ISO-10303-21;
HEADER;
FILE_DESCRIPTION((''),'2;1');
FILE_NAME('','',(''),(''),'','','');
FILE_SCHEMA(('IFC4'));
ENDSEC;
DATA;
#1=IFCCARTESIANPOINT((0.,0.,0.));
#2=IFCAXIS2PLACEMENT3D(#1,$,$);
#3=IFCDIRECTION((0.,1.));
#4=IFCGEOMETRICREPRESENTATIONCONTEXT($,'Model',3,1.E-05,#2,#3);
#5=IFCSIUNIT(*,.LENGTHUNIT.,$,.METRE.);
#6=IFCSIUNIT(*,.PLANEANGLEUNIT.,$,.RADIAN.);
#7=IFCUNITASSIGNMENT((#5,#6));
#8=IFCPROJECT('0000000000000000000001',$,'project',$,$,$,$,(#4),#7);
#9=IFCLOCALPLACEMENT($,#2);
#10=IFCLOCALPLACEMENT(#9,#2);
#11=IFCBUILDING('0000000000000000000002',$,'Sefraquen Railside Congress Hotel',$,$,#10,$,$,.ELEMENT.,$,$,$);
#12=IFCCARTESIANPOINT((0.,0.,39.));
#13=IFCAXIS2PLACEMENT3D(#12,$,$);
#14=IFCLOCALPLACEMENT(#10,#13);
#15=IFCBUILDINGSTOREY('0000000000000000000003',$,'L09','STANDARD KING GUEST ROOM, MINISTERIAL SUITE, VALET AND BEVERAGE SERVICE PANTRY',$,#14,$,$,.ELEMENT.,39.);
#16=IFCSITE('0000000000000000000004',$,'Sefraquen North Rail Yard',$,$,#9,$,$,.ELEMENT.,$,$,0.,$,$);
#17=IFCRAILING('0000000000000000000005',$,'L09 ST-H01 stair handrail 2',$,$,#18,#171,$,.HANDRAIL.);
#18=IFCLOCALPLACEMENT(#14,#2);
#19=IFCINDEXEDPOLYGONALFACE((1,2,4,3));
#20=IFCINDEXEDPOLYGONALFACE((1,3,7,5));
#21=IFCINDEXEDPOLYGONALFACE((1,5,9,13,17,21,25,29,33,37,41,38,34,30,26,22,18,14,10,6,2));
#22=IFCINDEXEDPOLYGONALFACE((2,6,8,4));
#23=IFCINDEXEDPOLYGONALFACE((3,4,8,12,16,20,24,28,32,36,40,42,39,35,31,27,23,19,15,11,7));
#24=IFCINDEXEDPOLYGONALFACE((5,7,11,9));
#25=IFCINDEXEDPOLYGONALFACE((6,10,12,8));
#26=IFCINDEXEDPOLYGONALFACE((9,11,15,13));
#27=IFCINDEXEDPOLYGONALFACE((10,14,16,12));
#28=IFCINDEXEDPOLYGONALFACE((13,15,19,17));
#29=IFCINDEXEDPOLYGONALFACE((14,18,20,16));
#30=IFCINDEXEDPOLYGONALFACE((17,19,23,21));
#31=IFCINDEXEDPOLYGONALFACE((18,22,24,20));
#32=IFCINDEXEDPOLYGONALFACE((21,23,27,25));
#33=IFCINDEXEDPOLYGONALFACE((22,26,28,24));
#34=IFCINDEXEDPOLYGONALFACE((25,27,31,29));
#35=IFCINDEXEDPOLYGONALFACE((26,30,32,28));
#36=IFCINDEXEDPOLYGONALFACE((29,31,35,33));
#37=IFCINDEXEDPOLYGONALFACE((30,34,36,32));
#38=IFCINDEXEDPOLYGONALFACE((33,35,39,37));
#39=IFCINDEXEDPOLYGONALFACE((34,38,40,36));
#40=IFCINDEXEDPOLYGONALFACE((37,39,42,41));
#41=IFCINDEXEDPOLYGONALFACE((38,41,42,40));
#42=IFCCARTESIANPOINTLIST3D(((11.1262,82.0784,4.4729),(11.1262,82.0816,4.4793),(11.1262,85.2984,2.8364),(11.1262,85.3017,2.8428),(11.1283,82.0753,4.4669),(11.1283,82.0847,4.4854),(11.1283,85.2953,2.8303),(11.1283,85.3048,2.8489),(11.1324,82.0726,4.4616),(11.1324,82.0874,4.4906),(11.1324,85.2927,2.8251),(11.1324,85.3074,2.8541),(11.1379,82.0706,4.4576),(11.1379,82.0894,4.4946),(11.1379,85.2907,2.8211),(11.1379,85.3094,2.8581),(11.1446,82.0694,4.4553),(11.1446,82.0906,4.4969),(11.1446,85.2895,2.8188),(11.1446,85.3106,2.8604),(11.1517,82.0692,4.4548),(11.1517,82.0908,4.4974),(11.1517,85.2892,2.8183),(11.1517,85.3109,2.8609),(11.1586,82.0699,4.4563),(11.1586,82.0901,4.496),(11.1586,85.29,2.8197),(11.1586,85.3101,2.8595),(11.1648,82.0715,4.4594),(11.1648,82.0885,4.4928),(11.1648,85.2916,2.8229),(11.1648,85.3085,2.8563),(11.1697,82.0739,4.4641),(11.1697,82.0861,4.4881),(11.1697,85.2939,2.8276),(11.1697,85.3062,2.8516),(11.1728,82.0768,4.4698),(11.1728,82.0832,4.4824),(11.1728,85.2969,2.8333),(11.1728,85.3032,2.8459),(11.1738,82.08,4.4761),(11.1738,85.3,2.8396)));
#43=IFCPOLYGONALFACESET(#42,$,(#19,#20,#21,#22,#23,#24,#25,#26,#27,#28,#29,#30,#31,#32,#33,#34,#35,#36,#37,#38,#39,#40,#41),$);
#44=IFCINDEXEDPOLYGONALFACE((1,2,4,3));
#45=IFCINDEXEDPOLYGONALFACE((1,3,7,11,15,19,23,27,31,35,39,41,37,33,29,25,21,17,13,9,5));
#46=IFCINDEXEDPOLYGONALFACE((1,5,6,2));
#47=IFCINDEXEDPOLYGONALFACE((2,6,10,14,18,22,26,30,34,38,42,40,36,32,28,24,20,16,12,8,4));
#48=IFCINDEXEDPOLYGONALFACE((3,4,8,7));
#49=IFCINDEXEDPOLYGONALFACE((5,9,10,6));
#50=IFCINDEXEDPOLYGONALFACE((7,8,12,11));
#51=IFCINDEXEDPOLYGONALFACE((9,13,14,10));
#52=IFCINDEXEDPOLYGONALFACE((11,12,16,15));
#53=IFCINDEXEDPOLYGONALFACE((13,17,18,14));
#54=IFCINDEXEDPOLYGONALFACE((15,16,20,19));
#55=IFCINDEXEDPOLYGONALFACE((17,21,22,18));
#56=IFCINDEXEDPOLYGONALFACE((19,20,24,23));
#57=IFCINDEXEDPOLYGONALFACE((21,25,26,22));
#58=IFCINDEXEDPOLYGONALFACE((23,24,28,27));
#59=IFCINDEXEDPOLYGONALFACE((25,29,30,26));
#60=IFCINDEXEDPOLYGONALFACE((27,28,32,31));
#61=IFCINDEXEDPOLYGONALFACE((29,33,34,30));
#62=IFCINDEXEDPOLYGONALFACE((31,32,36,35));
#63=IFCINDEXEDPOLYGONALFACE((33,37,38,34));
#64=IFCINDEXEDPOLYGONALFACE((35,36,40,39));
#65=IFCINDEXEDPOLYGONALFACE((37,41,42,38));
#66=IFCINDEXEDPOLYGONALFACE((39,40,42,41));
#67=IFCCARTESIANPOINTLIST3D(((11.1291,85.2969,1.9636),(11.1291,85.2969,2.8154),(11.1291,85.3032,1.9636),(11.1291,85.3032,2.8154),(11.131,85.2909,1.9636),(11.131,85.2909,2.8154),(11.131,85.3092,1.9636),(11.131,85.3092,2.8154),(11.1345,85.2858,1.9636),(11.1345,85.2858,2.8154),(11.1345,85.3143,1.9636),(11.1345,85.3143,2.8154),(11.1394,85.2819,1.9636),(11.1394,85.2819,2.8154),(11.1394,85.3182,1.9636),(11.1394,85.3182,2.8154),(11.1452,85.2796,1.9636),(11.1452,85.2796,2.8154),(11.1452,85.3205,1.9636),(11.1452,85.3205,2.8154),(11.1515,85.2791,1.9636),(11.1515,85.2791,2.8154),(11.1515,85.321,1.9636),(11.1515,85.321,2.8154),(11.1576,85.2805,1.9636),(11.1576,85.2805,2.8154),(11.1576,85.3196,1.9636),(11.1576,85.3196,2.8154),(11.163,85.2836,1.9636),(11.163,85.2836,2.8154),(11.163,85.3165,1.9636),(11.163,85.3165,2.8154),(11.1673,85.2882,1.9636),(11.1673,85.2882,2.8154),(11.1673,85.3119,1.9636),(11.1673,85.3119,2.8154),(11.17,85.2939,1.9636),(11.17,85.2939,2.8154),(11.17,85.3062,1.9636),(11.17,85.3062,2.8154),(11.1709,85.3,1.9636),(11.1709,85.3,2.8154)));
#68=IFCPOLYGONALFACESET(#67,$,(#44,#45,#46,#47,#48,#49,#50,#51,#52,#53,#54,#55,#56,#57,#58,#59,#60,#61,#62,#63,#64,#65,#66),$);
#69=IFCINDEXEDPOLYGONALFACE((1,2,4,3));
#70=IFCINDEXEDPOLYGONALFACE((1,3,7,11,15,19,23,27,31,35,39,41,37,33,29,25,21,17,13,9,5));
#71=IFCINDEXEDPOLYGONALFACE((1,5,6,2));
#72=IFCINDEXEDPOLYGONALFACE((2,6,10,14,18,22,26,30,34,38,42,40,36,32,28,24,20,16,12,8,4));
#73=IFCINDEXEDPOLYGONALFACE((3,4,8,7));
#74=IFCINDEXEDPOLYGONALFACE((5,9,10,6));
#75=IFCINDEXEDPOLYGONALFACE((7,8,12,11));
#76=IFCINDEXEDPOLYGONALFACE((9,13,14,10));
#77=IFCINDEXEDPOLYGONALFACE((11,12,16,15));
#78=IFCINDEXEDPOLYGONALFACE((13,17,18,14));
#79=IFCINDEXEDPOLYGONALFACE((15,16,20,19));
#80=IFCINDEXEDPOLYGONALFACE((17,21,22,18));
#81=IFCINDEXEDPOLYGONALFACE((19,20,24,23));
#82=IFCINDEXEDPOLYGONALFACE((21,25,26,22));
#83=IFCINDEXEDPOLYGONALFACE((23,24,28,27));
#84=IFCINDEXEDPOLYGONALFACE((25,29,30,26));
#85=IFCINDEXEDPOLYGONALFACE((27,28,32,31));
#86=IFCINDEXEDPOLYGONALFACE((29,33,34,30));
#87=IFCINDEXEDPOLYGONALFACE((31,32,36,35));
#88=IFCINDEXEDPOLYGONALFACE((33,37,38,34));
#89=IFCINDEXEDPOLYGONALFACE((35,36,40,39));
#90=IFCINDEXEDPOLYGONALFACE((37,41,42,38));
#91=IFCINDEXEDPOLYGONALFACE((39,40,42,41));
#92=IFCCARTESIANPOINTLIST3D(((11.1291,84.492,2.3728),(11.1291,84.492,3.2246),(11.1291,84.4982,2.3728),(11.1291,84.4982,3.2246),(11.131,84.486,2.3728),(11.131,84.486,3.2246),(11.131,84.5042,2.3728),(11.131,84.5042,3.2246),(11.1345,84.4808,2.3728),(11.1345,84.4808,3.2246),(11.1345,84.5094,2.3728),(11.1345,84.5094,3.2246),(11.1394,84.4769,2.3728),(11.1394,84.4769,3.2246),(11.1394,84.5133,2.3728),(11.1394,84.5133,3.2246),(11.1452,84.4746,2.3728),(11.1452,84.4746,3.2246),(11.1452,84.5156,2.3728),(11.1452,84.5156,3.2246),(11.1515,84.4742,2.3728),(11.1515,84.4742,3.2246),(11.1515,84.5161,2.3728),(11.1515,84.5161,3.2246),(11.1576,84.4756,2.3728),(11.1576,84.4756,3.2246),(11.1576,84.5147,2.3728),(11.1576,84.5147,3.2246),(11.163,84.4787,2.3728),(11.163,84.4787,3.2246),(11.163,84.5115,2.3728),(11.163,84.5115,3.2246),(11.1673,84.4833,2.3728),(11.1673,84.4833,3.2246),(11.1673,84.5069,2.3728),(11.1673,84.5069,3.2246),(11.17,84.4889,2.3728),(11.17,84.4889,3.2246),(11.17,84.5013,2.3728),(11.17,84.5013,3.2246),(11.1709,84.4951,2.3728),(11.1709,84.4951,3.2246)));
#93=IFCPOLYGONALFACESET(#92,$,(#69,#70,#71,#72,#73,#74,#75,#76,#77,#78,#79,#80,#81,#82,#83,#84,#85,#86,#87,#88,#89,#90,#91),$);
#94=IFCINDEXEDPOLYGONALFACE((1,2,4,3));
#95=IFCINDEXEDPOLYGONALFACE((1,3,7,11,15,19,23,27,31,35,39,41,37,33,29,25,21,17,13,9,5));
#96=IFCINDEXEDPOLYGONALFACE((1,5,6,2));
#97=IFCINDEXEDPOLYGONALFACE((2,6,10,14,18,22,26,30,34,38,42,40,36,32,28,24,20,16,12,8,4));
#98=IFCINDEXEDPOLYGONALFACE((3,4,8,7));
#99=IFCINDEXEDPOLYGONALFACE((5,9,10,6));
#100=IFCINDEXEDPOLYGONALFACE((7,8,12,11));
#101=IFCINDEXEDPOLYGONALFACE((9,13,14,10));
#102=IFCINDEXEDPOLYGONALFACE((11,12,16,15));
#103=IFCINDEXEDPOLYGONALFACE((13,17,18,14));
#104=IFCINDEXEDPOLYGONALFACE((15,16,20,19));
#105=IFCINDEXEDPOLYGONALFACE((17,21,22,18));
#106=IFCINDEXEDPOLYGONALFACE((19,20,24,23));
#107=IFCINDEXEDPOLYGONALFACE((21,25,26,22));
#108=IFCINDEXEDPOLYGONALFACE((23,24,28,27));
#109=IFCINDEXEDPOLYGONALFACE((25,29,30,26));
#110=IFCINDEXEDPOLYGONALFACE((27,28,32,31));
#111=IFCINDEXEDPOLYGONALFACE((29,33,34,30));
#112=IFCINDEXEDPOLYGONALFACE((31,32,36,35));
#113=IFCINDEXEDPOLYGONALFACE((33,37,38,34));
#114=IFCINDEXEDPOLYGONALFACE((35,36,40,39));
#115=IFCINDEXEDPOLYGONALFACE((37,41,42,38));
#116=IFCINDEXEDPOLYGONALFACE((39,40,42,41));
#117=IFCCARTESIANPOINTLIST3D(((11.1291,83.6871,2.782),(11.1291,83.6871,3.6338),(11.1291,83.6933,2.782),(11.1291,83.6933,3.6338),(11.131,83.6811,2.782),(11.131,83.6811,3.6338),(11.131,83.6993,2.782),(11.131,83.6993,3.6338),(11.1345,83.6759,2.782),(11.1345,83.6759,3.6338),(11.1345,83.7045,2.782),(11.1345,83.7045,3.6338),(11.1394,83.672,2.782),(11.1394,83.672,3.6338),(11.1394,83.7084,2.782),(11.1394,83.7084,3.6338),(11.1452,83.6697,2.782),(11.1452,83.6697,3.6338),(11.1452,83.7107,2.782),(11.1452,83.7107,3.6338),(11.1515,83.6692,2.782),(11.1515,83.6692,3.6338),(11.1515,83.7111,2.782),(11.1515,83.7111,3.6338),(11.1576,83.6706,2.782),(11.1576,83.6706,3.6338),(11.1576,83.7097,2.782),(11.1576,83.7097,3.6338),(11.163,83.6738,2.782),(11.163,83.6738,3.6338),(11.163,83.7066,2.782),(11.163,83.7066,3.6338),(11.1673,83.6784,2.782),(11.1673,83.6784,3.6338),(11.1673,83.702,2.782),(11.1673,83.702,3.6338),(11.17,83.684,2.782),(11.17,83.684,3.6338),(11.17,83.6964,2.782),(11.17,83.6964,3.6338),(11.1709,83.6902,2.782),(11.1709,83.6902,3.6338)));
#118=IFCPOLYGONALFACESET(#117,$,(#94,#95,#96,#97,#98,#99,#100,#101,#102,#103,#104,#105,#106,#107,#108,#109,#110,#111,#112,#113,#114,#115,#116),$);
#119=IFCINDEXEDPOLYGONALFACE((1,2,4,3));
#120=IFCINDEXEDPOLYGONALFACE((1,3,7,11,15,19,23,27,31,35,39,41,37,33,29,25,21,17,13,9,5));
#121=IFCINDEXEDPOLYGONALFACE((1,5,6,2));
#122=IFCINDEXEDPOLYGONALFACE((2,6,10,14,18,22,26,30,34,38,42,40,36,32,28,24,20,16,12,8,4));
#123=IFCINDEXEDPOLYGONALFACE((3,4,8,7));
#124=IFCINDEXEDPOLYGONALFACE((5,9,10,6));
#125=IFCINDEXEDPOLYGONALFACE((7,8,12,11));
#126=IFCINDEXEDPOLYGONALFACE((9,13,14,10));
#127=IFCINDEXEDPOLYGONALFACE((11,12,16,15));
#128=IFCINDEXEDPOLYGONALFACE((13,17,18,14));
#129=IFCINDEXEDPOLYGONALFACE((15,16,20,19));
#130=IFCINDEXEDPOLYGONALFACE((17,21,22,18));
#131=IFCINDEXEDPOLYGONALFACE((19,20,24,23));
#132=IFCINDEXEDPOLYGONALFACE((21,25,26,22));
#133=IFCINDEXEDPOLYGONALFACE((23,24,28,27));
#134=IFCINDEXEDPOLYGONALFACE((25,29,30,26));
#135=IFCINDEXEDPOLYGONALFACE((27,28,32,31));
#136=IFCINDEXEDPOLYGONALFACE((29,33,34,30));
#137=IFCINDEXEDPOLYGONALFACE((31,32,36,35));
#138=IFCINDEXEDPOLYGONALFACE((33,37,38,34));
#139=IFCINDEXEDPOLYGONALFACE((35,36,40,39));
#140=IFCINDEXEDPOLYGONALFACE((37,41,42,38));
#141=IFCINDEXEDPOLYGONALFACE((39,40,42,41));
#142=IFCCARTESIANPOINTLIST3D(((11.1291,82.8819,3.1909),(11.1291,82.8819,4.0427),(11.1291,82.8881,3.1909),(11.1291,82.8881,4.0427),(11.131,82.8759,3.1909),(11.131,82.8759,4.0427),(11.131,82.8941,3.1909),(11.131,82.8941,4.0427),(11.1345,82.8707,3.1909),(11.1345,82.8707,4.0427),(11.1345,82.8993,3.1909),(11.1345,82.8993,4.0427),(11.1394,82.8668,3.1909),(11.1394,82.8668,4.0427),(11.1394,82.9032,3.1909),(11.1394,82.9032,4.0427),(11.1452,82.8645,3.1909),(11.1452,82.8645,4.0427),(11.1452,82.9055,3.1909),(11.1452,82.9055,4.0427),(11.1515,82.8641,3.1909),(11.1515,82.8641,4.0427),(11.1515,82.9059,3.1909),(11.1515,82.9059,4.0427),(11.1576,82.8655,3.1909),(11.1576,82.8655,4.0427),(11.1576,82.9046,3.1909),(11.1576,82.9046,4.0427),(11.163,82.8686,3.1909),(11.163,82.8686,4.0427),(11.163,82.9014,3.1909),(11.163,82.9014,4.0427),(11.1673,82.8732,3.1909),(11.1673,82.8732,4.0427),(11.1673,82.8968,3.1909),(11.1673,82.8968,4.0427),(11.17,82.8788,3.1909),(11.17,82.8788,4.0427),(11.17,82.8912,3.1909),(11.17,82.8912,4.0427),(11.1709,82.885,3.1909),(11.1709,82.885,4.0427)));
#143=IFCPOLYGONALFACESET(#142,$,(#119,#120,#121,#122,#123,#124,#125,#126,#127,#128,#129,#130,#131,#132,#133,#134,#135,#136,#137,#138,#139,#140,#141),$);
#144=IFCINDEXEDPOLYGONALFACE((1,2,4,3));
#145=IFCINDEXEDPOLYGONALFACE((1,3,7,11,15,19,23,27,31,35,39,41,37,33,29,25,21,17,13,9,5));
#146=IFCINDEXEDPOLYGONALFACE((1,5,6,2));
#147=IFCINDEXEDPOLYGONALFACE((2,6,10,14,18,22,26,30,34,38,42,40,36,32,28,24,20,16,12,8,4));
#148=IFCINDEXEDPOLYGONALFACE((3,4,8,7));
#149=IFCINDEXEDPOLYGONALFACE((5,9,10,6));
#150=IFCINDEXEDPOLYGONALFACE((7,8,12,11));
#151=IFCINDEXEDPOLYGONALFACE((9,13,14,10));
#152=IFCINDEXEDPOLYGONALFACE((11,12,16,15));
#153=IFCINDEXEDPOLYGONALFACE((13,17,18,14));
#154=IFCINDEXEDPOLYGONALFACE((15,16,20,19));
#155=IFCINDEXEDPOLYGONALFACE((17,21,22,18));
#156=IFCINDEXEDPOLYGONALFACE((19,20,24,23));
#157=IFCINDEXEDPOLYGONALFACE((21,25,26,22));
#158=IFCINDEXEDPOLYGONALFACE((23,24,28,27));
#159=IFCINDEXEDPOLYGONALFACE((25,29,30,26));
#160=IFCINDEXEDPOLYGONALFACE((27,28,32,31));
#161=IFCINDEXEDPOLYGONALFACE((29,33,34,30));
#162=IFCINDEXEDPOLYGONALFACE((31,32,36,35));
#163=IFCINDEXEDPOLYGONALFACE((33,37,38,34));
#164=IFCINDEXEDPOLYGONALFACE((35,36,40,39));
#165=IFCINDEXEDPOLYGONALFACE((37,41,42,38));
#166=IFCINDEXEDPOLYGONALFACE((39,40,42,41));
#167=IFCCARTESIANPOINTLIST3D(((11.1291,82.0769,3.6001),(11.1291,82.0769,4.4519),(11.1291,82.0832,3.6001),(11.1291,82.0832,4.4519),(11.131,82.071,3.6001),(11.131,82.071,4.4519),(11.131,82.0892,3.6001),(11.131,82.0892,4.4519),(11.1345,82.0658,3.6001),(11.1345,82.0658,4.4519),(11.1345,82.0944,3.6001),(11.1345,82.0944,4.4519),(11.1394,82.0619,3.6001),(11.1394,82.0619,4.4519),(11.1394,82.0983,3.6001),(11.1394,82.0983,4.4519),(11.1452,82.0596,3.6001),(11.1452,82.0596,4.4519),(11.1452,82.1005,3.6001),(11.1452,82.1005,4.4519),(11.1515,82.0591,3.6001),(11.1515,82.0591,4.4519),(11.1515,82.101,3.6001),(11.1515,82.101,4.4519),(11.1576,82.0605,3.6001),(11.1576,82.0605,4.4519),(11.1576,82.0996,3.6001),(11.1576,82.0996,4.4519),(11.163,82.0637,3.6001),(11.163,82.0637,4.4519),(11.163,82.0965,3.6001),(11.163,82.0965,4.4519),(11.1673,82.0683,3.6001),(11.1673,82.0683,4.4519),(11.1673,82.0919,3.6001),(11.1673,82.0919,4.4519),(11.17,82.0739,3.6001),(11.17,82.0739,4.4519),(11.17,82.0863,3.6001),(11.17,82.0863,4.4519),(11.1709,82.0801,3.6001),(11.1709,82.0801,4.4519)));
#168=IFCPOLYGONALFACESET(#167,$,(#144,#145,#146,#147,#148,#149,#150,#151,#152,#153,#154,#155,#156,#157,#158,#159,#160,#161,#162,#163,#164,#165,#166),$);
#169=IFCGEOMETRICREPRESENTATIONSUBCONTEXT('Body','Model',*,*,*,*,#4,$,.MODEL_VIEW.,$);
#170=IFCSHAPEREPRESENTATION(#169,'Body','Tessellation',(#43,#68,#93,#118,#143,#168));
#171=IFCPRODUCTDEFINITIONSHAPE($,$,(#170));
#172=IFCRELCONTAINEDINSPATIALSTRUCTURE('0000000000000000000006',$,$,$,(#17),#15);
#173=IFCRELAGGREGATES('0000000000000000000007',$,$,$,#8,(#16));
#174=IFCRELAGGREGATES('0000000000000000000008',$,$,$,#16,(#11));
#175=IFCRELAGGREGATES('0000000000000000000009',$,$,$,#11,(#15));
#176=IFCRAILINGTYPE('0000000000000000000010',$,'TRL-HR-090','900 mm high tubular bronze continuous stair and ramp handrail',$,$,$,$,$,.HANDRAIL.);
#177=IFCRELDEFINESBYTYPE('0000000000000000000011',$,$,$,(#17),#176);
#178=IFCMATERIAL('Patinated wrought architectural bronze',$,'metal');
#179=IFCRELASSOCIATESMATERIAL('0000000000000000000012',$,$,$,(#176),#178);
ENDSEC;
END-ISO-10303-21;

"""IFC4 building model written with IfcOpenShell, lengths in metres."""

from ifc_helpers import new_model, si_unit, direction, frame, origin, origin_2d, place, context, subcontext, project, spatial, circle, extrude, material, type_object, element, save


model = new_model("IFC4")

# Units and contexts
model_context = context("Model", 3, precision=1e-05, world=origin(), true_north=direction((0.0, 1.0)))
body_context = subcontext(model_context, "Body", "Model", "MODEL_VIEW")
ifc_project = project(units=[si_unit("LENGTHUNIT", "METRE"), si_unit("PLANEANGLEUNIT", "RADIAN")], contexts=[model_context])

# Site, building, storey
site_placement = place(None, origin())
site = spatial("IfcSite", under=ifc_project, at=site_placement, Name="Sefraquen North Rail Yard", CompositionType="ELEMENT", RefElevation=0.0)
building_placement = place(site_placement, origin())
building = spatial("IfcBuilding", under=site, at=building_placement, Name="Sefraquen Railside Congress Hotel", CompositionType="ELEMENT")
storey_placement = place(building_placement, frame((0.0, 0.0, 39.0)))
storey = spatial("IfcBuildingStorey", under=building, at=storey_placement, Name="L09", Description="STANDARD KING GUEST ROOM, MINISTERIAL SUITE, VALET AND BEVERAGE SERVICE PANTRY", CompositionType="ELEMENT", Elevation=39.0)

# Railing
ifc_material_1 = material(Name="Patinated wrought architectural bronze", Category="metal")
railing_type = type_object("IfcRailingType", Name="TRL-HR-090", Description="900 mm high tubular bronze continuous stair and ramp handrail", PredefinedType="HANDRAIL", material=ifc_material_1)
railing_placement = place(storey_placement, frame((11.1499, 85.3, 1.9636)))
element("IfcRailing", 1, at=railing_placement, inside=storey, type_object=railing_type, Name="L09 ST-H01 stair handrail 2", PredefinedType="HANDRAIL", context=body_context, shape_type="SweptSolid", body=[
    extrude(circle(Radius=0.0239, at=origin_2d()), frame((0.0, 0.0, 0.876), z_axis=(0.0, -0.891474, 0.453071), x_axis=(1.0, 0.0, 0.0)), (0.0, 0.0, 1.0), 3.6121),
    extrude(circle(Radius=0.021, at=origin_2d()), origin(), (0.0, 0.0, 1.0), 0.8518),
    extrude(circle(Radius=0.021, at=origin_2d()), frame((0.0, -0.8049, 0.4092)), (0.0, 0.0, 1.0), 0.8518),
    extrude(circle(Radius=0.021, at=origin_2d()), frame((0.0, -1.6099, 0.8184)), (0.0, 0.0, 1.0), 0.8518),
    extrude(circle(Radius=0.021, at=origin_2d()), frame((0.0, -2.415, 1.2273)), (0.0, 0.0, 1.0), 0.8518),
    extrude(circle(Radius=0.021, at=origin_2d()), frame((0.0, -3.22, 1.6365)), (0.0, 0.0, 1.0), 0.8518),
])

save(model, "model.ifc")
